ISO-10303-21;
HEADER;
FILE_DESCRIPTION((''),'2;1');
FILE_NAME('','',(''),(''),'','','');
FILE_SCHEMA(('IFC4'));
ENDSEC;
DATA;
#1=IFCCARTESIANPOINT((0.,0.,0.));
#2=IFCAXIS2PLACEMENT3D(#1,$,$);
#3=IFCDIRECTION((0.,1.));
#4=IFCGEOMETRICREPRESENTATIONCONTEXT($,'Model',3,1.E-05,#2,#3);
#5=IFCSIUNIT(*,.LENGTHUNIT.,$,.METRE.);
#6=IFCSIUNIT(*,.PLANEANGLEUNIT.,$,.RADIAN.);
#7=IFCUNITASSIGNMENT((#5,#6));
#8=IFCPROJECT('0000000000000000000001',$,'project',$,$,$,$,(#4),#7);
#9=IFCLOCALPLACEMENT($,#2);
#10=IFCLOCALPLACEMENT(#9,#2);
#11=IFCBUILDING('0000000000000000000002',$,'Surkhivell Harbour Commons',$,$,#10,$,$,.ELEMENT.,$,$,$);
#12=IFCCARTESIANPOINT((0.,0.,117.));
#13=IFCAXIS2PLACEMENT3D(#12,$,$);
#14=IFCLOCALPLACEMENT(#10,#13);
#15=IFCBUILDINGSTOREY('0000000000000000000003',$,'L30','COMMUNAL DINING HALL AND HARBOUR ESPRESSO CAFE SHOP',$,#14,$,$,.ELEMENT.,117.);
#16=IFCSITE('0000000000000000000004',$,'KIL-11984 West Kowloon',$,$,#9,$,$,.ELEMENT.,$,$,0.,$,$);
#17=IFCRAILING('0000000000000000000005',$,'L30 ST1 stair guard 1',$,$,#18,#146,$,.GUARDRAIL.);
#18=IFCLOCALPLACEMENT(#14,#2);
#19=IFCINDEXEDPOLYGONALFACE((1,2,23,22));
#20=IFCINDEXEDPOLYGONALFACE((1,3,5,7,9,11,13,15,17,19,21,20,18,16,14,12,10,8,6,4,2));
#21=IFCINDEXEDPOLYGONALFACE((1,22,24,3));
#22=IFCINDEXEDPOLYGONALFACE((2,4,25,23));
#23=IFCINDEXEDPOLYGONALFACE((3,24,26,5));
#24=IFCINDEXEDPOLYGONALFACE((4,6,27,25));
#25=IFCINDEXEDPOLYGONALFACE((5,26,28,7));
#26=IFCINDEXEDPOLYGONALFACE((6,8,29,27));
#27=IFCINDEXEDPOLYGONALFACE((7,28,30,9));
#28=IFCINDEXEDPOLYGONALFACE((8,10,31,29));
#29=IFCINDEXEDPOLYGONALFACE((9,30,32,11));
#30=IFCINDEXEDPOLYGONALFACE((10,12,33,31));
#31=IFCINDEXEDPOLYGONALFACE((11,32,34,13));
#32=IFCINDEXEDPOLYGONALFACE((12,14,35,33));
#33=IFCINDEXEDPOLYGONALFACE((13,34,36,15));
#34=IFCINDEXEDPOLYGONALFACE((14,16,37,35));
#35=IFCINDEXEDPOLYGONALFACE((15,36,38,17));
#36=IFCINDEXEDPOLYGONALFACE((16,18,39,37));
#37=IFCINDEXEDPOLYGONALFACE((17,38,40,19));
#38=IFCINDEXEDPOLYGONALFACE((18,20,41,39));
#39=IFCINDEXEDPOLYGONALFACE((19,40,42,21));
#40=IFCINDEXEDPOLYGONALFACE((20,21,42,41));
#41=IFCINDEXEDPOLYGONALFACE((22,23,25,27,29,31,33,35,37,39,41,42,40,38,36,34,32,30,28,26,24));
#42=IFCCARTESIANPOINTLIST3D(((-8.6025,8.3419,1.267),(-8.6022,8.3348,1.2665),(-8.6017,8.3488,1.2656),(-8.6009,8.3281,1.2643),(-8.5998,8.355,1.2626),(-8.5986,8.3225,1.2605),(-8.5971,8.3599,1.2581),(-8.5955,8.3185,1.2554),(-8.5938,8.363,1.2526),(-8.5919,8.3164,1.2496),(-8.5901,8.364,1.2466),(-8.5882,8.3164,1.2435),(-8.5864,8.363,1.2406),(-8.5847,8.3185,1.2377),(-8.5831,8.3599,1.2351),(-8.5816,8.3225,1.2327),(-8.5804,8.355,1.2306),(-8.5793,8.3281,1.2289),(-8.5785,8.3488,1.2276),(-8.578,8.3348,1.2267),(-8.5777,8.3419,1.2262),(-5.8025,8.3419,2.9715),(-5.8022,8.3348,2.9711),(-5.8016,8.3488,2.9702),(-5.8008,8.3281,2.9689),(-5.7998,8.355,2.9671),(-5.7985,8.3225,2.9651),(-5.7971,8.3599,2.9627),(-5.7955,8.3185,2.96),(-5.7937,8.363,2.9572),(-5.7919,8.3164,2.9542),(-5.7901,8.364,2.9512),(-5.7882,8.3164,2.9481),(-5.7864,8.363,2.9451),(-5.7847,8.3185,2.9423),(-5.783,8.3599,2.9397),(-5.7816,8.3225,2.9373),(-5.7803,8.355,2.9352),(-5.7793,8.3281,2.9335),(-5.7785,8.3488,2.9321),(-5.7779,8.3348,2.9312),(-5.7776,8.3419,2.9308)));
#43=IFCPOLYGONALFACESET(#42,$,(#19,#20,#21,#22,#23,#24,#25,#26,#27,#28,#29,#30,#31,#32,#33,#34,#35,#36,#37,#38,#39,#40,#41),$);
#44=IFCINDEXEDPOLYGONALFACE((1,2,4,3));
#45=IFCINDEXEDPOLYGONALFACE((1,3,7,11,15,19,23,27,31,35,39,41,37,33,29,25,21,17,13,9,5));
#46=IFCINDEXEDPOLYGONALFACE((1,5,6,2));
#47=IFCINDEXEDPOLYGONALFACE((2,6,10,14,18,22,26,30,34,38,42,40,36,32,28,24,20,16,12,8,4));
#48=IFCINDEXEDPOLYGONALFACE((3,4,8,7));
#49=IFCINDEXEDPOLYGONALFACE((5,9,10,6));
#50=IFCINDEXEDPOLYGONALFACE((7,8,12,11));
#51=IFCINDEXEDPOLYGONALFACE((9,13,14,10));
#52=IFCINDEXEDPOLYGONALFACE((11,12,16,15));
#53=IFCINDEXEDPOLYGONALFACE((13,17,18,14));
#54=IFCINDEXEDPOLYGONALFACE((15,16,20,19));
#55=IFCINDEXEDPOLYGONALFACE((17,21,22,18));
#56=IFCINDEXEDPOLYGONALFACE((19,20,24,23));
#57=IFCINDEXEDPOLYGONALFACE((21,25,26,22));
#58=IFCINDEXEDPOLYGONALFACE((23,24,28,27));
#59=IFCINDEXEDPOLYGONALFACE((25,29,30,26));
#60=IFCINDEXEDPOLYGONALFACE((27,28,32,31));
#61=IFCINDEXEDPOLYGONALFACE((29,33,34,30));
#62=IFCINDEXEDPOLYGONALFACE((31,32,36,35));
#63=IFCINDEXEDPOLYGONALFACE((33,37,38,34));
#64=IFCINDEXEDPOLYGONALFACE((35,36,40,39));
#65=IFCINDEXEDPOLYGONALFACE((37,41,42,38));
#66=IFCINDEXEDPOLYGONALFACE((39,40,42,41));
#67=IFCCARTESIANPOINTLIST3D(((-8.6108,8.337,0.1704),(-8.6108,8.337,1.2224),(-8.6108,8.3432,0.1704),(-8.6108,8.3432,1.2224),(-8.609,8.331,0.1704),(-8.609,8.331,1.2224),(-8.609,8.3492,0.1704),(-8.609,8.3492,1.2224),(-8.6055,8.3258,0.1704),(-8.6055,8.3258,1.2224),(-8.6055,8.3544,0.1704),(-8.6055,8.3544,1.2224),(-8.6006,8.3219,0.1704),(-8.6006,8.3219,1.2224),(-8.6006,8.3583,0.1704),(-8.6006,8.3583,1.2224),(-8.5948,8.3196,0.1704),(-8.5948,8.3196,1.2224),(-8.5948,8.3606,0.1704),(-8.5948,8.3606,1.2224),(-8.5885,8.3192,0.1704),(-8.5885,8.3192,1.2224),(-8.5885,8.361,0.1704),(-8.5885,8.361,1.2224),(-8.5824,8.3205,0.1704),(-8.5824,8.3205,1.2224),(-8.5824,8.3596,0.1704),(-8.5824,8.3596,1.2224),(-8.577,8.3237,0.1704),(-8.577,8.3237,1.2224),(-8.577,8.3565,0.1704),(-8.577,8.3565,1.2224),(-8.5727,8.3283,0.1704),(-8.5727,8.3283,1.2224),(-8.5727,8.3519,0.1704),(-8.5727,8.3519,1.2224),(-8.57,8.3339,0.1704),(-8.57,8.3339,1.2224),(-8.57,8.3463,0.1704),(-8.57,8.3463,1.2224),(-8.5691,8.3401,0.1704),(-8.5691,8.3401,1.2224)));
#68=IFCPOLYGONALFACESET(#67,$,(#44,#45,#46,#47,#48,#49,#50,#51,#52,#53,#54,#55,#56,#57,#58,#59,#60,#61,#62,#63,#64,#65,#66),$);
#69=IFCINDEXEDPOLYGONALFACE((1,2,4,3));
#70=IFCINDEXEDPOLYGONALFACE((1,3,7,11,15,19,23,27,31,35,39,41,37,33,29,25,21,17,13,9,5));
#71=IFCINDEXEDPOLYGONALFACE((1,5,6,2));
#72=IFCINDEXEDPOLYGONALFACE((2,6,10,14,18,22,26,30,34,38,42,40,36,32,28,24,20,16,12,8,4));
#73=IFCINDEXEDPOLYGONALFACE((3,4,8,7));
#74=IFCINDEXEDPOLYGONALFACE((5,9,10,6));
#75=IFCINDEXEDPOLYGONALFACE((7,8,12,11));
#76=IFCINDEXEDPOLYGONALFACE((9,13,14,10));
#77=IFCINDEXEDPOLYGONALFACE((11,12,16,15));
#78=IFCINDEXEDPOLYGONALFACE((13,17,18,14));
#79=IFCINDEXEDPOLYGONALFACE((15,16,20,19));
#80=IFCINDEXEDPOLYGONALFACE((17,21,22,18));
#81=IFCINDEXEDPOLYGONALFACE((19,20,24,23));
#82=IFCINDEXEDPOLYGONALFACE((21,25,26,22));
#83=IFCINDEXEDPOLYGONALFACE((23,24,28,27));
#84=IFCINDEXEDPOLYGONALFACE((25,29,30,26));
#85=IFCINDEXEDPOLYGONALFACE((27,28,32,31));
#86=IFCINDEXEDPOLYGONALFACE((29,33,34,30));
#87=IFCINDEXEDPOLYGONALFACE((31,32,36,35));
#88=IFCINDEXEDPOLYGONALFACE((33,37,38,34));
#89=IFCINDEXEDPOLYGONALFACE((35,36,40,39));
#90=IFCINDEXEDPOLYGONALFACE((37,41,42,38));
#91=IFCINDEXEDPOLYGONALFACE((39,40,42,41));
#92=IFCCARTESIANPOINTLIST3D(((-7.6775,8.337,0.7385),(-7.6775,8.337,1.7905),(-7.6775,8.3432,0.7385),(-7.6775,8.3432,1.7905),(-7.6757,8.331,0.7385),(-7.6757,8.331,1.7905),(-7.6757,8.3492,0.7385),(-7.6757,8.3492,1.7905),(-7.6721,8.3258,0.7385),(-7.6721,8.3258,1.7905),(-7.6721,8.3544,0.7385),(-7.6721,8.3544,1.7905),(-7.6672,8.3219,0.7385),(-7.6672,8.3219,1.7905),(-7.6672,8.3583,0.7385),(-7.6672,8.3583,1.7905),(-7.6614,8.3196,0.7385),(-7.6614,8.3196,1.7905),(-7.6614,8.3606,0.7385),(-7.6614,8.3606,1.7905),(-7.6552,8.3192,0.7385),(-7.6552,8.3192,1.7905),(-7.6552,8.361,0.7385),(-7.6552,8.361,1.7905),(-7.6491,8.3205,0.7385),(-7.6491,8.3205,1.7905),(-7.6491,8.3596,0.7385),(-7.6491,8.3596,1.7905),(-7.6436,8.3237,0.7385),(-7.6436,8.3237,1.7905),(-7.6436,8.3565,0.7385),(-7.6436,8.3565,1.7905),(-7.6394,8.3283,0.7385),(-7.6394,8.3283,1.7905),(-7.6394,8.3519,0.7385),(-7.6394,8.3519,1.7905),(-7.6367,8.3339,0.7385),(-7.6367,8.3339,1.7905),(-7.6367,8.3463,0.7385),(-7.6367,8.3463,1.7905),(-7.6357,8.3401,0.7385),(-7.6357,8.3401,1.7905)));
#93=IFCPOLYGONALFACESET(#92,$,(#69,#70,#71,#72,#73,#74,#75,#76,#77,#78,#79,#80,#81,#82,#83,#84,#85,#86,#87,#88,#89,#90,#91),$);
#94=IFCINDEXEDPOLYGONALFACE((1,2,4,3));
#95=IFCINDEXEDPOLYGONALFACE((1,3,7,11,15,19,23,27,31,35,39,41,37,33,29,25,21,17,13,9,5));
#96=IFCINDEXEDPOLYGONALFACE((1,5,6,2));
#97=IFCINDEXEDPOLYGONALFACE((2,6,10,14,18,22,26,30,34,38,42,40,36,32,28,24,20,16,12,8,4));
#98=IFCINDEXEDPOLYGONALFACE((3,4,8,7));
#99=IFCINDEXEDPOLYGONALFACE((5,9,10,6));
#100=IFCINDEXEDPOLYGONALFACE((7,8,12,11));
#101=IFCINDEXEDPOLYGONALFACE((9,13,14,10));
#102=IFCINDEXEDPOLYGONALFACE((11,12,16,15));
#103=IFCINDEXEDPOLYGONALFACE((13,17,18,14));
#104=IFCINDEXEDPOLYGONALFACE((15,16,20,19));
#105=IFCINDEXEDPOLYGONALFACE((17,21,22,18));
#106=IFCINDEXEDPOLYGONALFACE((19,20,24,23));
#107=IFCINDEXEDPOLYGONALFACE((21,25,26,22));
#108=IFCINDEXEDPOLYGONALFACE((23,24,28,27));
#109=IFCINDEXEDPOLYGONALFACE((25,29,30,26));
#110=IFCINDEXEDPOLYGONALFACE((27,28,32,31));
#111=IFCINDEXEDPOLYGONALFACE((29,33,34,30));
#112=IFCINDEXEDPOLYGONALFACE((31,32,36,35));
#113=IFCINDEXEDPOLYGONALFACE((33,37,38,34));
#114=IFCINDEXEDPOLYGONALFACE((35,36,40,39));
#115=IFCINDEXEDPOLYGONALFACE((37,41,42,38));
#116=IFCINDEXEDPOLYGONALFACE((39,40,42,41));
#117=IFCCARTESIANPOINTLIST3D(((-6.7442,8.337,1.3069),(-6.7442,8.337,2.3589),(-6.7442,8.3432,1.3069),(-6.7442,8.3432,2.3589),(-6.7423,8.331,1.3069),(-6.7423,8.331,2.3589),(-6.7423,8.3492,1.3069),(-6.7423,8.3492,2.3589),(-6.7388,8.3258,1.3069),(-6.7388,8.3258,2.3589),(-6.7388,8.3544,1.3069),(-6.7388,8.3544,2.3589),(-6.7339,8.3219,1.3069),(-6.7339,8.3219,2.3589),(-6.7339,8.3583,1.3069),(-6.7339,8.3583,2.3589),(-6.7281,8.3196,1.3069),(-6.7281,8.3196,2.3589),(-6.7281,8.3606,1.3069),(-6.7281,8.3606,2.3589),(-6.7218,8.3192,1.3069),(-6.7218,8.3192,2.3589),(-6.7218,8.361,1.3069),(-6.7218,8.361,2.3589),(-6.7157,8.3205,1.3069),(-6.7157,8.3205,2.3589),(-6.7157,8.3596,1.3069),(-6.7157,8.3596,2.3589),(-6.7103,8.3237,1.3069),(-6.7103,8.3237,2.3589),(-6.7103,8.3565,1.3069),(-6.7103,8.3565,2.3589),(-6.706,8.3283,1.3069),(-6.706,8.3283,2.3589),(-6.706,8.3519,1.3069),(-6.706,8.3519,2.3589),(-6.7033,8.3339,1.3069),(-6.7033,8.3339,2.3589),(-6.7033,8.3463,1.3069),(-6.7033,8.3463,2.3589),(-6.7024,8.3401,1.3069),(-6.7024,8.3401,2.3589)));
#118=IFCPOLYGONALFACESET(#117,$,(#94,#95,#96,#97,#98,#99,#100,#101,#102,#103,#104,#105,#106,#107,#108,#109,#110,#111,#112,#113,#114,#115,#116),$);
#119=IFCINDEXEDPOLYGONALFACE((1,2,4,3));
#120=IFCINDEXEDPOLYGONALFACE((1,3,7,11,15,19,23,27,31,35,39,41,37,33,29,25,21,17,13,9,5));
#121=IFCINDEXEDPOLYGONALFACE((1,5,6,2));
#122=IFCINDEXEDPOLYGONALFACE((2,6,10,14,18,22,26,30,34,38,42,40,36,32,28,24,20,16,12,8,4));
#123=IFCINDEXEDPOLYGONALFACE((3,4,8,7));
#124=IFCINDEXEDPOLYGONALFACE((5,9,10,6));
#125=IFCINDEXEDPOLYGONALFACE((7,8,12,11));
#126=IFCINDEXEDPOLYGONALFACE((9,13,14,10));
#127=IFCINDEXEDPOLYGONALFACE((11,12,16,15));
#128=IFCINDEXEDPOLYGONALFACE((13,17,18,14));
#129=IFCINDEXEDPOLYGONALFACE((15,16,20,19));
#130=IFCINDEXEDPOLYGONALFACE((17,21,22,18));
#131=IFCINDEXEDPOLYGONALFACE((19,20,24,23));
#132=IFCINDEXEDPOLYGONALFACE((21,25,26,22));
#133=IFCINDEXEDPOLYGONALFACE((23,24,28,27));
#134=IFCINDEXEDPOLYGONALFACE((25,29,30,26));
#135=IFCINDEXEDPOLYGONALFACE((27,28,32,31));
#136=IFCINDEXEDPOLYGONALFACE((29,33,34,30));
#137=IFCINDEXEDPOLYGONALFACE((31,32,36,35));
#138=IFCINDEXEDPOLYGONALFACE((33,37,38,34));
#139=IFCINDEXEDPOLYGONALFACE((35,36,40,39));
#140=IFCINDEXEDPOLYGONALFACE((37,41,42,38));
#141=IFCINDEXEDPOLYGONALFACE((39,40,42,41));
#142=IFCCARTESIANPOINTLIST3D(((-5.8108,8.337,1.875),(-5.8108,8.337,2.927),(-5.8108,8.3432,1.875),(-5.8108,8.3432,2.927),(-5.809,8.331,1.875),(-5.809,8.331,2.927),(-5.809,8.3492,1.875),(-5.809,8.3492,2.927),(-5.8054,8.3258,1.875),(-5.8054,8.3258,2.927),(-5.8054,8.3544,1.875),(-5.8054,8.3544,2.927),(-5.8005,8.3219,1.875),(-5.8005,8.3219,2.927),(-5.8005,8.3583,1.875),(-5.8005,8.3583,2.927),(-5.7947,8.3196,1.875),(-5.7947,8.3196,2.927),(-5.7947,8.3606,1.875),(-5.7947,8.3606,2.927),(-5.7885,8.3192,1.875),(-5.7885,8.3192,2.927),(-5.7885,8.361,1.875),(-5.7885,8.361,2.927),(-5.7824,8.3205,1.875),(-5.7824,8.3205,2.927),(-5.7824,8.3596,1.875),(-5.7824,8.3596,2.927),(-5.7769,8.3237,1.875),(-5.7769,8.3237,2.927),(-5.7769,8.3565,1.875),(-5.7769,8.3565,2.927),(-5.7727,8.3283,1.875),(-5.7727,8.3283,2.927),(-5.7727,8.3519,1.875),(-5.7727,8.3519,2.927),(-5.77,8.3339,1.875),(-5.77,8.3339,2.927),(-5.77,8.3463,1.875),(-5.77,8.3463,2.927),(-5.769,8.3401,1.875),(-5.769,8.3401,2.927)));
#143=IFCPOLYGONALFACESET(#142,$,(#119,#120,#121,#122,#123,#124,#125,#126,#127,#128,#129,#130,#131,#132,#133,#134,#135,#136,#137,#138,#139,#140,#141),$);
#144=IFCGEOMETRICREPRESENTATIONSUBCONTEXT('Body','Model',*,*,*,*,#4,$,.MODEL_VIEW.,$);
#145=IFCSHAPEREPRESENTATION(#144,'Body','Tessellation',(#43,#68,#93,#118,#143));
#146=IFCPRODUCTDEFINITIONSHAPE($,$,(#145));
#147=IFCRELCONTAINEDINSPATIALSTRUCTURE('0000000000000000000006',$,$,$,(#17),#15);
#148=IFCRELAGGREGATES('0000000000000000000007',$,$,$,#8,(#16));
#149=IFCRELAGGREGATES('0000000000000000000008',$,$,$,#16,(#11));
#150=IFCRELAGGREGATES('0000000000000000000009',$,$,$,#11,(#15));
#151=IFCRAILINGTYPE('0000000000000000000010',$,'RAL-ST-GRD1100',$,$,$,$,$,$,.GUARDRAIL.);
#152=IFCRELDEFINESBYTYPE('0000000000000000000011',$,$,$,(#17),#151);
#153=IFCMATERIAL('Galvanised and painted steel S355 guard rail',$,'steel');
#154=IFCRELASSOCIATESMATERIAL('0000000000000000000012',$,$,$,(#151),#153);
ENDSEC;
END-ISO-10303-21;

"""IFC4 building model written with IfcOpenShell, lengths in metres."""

from ifc_helpers import new_model, si_unit, direction, frame, origin, origin_2d, place, context, subcontext, project, spatial, circle, extrude, material, type_object, element, save


model = new_model("IFC4")

# Units and contexts
model_context = context("Model", 3, precision=1e-05, world=origin(), true_north=direction((0.0, 1.0)))
body_context = subcontext(model_context, "Body", "Model", "MODEL_VIEW")
ifc_project = project(units=[si_unit("LENGTHUNIT", "METRE"), si_unit("PLANEANGLEUNIT", "RADIAN")], contexts=[model_context])

# Site, building, storey
site_placement = place(None, origin())
site = spatial("IfcSite", under=ifc_project, at=site_placement, Name="KIL-11984 West Kowloon", CompositionType="ELEMENT", RefElevation=0.0)
building_placement = place(site_placement, origin())
building = spatial("IfcBuilding", under=site, at=building_placement, Name="Surkhivell Harbour Commons", CompositionType="ELEMENT")
storey_placement = place(building_placement, frame((0.0, 0.0, 117.0)))
storey = spatial("IfcBuildingStorey", under=building, at=storey_placement, Name="L30", Description="COMMUNAL DINING HALL AND HARBOUR ESPRESSO CAFE SHOP", CompositionType="ELEMENT", Elevation=117.0)

# Railing
ifc_material_1 = material(Name="Galvanised and painted steel S355 guard rail", Category="steel")
railing_type_1 = type_object("IfcRailingType", Name="RAL-ST-GRD1100", PredefinedType="GUARDRAIL", material=ifc_material_1)
railing_1_placement = place(storey_placement, frame((-8.5901, 8.3401, 0.1704)))
element("IfcRailing", 1, at=railing_1_placement, inside=storey, type_object=railing_type_1, Name="L30 ST1 stair guard 1", PredefinedType="GUARDRAIL", context=body_context, shape_type="SweptSolid", body=[
    extrude(circle(Radius=0.0239, at=origin_2d()), frame((0.0, 0.0, 1.0762), z_axis=(0.85417, 0.0, 0.519994), x_axis=(0.0, 1.0, 0.0)), (0.0, 0.0, 1.0), 3.2781),
    extrude(circle(Radius=0.021, at=origin_2d()), origin(), (0.0, 0.0, 1.0), 1.052),
    extrude(circle(Radius=0.021, at=origin_2d()), frame((0.9333, 0.0, 0.5681)), (0.0, 0.0, 1.0), 1.052),
    extrude(circle(Radius=0.021, at=origin_2d()), frame((1.8667, 0.0, 1.1365)), (0.0, 0.0, 1.0), 1.052),
    extrude(circle(Radius=0.021, at=origin_2d()), frame((2.8, 0.0, 1.7046)), (0.0, 0.0, 1.0), 1.052),
])

save(model, "model.ifc")
